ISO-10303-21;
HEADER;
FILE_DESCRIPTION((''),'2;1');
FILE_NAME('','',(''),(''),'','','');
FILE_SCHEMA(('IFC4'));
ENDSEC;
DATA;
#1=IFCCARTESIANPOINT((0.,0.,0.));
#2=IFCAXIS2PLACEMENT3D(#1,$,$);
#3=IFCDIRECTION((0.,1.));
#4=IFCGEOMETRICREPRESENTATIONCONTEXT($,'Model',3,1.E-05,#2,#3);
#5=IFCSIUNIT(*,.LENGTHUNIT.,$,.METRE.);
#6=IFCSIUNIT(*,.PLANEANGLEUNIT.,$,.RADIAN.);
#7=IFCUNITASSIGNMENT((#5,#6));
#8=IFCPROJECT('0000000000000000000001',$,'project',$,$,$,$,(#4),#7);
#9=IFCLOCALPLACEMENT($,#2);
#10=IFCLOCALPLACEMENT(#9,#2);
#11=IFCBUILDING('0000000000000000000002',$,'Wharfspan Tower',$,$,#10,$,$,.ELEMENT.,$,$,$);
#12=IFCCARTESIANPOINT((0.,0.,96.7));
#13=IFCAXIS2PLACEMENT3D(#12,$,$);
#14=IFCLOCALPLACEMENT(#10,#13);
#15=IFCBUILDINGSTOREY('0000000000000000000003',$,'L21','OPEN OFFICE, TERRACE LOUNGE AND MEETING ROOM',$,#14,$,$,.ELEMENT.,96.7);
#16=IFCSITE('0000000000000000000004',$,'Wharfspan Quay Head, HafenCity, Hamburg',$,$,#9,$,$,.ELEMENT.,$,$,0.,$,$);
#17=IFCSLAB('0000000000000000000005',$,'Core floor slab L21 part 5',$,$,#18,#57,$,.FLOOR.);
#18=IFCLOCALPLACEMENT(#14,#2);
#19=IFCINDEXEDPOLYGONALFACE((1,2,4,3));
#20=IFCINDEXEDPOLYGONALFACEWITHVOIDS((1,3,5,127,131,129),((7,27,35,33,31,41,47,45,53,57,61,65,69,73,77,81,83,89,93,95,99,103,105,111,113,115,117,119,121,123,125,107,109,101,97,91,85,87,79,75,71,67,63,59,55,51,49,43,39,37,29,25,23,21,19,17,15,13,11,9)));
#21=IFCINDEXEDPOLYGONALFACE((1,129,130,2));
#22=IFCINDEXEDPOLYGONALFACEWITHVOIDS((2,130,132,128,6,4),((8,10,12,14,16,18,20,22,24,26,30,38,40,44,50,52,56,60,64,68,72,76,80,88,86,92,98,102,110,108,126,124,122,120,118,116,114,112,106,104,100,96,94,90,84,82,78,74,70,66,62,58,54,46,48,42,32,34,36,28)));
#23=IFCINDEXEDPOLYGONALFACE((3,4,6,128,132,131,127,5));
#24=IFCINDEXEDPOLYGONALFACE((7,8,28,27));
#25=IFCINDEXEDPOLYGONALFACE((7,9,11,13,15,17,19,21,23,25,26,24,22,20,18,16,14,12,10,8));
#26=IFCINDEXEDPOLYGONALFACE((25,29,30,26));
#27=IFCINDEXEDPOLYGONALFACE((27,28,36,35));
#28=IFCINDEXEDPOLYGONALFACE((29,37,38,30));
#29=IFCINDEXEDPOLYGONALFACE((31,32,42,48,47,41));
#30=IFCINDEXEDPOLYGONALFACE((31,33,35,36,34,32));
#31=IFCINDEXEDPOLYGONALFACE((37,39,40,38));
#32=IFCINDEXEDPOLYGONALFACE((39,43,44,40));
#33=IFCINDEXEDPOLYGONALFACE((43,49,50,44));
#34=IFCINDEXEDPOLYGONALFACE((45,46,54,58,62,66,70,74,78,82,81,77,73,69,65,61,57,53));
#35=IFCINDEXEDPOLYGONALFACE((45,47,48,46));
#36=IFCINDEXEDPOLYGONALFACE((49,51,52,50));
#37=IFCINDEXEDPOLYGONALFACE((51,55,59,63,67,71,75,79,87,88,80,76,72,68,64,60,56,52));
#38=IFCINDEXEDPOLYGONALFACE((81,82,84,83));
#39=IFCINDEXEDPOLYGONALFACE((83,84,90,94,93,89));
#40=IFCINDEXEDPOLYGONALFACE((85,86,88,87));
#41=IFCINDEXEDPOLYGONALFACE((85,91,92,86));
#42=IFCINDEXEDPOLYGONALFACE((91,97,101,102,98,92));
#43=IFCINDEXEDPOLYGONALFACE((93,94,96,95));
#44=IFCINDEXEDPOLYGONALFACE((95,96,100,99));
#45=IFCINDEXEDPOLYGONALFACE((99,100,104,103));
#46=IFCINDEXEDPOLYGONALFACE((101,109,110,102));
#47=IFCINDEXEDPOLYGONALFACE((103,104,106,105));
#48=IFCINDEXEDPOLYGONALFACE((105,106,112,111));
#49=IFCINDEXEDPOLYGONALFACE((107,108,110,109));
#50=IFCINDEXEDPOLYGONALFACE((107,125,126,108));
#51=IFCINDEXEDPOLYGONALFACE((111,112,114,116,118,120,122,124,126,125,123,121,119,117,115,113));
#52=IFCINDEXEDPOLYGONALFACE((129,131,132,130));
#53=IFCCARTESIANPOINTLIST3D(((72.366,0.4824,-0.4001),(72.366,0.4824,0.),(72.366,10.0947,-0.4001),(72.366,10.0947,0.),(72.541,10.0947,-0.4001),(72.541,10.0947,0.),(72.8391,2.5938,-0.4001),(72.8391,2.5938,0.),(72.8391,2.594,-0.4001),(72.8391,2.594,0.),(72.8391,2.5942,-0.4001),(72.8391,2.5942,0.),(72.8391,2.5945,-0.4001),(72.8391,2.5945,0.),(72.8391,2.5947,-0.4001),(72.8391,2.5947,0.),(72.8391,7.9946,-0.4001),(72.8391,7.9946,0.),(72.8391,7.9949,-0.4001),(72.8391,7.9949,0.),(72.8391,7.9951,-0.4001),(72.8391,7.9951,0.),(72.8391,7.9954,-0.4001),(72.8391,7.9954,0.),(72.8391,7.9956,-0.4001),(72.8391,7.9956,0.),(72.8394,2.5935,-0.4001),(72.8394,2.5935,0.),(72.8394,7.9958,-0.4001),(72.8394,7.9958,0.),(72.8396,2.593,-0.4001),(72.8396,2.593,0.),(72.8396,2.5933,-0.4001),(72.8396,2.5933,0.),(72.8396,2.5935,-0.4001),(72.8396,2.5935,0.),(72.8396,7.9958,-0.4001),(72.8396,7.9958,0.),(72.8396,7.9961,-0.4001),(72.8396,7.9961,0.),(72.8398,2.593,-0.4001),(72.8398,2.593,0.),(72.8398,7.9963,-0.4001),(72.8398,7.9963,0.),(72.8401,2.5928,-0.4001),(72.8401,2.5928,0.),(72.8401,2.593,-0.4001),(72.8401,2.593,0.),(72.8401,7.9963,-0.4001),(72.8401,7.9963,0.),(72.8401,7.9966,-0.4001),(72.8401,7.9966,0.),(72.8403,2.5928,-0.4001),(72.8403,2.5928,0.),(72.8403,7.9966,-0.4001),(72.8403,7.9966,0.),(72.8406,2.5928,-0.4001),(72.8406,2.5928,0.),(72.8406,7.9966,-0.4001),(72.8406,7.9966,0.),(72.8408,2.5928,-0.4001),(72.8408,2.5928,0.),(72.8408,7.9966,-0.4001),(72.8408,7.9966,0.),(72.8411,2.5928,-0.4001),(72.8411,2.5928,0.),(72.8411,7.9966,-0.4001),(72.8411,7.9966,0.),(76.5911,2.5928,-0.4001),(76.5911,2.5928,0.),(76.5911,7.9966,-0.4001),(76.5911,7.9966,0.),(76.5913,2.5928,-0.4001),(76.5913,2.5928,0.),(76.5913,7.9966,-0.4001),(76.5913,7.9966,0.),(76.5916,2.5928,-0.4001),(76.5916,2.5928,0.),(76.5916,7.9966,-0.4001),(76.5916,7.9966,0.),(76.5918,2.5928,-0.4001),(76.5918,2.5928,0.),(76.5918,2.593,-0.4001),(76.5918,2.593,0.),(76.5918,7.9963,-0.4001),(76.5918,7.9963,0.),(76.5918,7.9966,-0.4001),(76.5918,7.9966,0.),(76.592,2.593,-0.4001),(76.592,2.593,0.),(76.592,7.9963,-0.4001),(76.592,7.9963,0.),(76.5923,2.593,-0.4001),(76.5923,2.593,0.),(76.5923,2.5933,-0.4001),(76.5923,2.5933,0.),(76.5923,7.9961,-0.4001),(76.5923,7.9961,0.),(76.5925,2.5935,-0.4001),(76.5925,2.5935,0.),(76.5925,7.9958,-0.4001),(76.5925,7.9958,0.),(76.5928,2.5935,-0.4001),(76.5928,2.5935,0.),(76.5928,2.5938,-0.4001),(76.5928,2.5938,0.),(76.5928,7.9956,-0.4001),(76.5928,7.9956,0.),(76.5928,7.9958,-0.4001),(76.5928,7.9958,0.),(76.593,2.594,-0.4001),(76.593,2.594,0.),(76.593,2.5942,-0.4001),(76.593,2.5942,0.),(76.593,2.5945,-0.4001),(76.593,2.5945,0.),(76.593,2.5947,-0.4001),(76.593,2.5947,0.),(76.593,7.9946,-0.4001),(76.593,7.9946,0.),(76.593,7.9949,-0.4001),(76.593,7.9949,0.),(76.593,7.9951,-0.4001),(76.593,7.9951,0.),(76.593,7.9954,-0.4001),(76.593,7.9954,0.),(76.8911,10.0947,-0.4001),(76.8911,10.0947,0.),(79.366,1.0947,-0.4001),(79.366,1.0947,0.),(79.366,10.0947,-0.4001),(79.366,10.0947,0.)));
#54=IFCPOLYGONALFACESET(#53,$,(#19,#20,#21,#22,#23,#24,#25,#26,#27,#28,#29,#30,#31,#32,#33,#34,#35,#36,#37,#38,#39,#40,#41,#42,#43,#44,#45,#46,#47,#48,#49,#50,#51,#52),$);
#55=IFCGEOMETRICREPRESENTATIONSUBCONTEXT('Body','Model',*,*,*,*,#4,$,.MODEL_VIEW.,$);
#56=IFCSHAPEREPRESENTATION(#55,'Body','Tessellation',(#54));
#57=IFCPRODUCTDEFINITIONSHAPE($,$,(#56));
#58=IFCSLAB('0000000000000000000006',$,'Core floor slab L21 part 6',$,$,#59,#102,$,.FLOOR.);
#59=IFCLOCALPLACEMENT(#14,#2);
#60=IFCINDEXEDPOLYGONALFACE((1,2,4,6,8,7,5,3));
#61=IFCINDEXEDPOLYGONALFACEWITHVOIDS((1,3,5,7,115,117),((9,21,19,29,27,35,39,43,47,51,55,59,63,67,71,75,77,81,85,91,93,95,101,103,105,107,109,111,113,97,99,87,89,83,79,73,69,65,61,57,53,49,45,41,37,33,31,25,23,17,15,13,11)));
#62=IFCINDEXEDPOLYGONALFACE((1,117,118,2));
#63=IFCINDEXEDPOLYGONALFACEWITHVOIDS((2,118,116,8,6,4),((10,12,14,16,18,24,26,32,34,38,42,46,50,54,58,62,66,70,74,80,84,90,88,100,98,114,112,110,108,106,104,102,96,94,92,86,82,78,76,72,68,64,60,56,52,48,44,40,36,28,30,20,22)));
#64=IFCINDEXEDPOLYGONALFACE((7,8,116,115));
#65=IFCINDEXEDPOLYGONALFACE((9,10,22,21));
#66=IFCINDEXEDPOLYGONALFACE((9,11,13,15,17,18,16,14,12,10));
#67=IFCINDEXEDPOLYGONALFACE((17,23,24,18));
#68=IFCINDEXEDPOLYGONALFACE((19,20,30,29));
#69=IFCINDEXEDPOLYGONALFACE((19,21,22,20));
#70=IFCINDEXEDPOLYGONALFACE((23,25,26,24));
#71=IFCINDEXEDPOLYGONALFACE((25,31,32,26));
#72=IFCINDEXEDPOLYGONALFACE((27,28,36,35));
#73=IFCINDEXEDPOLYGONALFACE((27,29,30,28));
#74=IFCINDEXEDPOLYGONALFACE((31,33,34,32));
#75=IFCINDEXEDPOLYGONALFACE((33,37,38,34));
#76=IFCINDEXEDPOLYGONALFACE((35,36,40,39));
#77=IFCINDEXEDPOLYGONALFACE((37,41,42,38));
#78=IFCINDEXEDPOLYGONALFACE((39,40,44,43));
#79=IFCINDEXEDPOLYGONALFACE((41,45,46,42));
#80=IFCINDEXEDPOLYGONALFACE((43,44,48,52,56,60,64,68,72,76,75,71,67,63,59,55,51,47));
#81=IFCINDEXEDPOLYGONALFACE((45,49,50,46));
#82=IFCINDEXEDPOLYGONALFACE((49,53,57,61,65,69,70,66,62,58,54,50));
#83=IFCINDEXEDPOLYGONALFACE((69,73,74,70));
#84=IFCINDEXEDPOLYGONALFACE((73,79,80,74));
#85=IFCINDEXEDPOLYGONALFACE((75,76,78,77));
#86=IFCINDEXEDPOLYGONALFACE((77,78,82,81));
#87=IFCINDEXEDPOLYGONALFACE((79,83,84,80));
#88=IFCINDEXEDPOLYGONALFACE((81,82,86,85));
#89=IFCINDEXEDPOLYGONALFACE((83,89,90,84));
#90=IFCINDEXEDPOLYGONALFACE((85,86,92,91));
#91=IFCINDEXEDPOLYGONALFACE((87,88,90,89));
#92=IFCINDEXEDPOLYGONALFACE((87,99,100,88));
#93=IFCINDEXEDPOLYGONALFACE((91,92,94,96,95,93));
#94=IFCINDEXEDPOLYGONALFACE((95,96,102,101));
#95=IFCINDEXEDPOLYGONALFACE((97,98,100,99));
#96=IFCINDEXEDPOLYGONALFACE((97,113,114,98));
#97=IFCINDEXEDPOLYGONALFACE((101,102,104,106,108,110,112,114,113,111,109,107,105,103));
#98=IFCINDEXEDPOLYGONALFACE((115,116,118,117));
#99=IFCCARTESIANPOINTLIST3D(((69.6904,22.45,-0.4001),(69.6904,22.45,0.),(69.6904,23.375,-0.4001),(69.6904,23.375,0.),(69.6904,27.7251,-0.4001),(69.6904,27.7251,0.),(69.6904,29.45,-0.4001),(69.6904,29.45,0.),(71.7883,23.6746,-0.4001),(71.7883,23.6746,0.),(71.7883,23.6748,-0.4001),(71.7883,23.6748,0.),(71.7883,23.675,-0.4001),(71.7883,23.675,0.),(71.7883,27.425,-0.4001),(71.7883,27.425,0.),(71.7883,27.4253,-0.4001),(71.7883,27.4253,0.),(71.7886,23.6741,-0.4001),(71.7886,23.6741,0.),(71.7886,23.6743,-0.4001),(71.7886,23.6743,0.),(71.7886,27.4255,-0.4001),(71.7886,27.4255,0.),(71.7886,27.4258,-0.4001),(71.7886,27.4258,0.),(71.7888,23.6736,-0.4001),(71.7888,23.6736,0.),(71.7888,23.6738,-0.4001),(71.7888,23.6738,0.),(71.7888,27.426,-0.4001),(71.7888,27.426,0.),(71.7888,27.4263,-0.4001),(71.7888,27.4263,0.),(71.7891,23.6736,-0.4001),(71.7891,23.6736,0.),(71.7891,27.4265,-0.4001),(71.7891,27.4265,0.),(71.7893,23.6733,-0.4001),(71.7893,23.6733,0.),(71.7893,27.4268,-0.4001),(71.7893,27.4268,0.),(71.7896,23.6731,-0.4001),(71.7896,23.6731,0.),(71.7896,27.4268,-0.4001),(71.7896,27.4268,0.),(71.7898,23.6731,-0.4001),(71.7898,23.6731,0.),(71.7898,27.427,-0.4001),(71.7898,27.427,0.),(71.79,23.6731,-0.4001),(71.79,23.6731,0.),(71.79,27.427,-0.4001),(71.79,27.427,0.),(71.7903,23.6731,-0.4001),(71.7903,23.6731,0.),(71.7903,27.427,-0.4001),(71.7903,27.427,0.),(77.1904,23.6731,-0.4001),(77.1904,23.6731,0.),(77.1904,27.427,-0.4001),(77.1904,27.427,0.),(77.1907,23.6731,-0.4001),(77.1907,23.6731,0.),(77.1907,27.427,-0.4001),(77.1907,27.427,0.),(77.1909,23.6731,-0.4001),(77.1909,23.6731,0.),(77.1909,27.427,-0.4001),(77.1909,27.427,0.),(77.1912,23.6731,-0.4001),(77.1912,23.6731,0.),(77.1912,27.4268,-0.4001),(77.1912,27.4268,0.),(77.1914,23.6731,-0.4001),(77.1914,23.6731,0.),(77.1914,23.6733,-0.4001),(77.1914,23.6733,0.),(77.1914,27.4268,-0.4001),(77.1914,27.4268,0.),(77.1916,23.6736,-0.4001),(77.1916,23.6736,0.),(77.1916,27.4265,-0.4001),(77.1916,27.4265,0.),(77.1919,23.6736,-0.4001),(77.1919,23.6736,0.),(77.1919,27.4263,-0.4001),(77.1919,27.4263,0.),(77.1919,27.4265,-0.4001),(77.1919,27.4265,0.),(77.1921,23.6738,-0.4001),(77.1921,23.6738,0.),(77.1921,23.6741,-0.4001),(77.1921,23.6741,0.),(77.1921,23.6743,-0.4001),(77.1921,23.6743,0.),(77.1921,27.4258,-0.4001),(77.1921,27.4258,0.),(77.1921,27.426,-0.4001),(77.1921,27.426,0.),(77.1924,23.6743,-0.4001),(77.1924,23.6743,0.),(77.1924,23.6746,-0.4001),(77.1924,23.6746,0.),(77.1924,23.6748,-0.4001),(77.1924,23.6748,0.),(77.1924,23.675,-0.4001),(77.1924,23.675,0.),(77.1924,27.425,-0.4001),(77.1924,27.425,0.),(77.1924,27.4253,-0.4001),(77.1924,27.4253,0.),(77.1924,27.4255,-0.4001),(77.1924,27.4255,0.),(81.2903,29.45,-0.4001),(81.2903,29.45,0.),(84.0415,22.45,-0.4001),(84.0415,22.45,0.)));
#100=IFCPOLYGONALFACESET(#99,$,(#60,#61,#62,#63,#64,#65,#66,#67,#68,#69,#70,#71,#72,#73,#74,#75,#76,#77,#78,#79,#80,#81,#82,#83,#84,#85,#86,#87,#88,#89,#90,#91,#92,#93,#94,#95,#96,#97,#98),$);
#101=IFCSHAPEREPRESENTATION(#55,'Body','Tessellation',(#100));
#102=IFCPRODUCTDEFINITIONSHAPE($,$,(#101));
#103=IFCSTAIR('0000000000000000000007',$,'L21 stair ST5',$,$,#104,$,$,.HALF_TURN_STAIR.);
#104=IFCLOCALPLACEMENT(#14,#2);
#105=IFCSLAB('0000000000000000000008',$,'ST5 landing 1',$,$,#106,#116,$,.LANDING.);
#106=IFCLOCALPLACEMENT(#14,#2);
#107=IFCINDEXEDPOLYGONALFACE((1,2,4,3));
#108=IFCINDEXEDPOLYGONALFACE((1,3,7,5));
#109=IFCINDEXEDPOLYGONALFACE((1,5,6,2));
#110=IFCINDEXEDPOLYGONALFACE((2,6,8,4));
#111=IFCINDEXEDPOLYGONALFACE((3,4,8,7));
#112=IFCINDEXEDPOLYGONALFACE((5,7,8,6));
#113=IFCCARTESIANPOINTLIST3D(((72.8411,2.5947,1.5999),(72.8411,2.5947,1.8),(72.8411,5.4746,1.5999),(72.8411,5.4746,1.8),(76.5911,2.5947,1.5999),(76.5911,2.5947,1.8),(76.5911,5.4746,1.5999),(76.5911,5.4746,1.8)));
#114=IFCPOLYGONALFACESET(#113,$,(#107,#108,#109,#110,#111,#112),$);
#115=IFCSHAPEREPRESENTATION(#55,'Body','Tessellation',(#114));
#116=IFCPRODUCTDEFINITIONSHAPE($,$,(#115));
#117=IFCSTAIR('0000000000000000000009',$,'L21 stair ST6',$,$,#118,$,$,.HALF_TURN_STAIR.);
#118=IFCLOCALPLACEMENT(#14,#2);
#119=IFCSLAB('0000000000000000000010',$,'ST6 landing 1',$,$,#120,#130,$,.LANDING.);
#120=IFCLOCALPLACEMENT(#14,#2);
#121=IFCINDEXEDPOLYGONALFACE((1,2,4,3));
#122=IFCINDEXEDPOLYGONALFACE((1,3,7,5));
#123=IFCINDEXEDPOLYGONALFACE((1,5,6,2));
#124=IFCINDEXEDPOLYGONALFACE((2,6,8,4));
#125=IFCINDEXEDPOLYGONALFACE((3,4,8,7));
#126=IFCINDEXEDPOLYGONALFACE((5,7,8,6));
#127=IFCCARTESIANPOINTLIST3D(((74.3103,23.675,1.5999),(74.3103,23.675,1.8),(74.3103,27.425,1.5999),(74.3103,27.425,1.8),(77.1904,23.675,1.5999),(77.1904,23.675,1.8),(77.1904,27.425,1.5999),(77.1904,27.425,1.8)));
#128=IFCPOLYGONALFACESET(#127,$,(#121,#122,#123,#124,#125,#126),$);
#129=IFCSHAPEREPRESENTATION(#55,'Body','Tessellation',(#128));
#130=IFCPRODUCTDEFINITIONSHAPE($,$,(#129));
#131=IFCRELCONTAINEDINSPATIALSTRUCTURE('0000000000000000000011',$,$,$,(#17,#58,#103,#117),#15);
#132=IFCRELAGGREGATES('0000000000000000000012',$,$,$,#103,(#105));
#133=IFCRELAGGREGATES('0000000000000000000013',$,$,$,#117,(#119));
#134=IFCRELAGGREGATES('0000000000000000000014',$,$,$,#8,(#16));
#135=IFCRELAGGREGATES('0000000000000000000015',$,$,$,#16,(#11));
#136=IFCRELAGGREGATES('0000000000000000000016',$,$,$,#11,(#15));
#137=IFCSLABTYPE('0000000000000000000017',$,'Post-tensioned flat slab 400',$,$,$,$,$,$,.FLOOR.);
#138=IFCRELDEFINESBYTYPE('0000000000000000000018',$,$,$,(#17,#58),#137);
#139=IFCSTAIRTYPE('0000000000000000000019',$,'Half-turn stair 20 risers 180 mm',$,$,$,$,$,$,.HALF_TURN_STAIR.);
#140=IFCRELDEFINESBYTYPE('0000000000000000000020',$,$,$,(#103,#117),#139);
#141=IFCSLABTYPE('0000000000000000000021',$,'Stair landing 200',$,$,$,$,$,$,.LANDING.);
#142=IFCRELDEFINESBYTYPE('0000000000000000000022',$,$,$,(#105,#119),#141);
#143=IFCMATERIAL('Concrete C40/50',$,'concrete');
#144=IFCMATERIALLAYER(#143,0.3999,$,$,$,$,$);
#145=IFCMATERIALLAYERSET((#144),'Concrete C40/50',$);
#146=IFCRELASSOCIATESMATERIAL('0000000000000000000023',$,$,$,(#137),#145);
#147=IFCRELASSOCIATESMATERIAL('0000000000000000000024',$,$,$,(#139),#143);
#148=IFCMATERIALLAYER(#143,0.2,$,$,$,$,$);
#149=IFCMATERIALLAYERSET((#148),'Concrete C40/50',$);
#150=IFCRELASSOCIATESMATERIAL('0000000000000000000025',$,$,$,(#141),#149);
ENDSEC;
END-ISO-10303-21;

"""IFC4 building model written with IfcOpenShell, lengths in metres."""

from ifc_helpers import new_model, si_unit, direction, frame, origin, place, context, subcontext, project, spatial, polyline, outline, extrude, material, layer, layer_set, type_object, element, aggregate, save


model = new_model("IFC4")

# Units and contexts
model_context = context("Model", 3, precision=1e-05, world=origin(), true_north=direction((0.0, 1.0)))
body_context = subcontext(model_context, "Body", "Model", "MODEL_VIEW")
ifc_project = project(units=[si_unit("LENGTHUNIT", "METRE"), si_unit("PLANEANGLEUNIT", "RADIAN")], contexts=[model_context])

# Site, building, storey
site_placement = place(None, origin())
site = spatial("IfcSite", under=ifc_project, at=site_placement, Name="Wharfspan Quay Head, HafenCity, Hamburg", CompositionType="ELEMENT", RefElevation=0.0)
building_placement = place(site_placement, origin())
building = spatial("IfcBuilding", under=site, at=building_placement, Name="Wharfspan Tower", CompositionType="ELEMENT")
storey_placement = place(building_placement, frame((0.0, 0.0, 96.7)))
storey = spatial("IfcBuildingStorey", under=building, at=storey_placement, Name="L21", Description="OPEN OFFICE, TERRACE LOUNGE AND MEETING ROOM", CompositionType="ELEMENT", Elevation=96.7)

# Slabs
ifc_material_1 = material(Name="Concrete C40/50", Category="concrete")
ifc_layer_1 = layer(ifc_material_1, 0.3999)
ifc_layer_set_1 = layer_set([ifc_layer_1], Name="Concrete C40/50")
slab_type_1 = type_object("IfcSlabType", Name="Post-tensioned flat slab 400", PredefinedType="FLOOR", material=ifc_layer_set_1)
slab_1_placement = place(storey_placement, frame((0.0, 0.0, -0.4001)))
element("IfcSlab", 1, at=slab_1_placement, inside=storey, type_object=slab_type_1, Name="Core floor slab L21 part 5", PredefinedType="FLOOR", context=body_context, shape_type="SweptSolid", body=[
    extrude(outline(polyline([(79.366, 10.0947), (76.8911, 10.0947), (72.541, 10.0947), (72.366, 10.0947), (72.366, 0.4824), (79.366, 1.0947), (79.366, 10.0947)]), holes=[polyline([(76.5911, 7.9966), (76.5913, 7.9966), (76.5913, 7.9966), (76.5916, 7.9966), (76.5918, 7.9966), (76.5918, 7.9963), (76.592, 7.9963), (76.5923, 7.9961), (76.5923, 7.9961), (76.5925, 7.9958), (76.5928, 7.9958), (76.5928, 7.9956), (76.593, 7.9954), (76.593, 7.9951), (76.593, 7.9951), (76.593, 7.9949), (76.593, 7.9946), (76.593, 2.5947), (76.593, 2.5945), (76.593, 2.5942), (76.593, 2.594), (76.593, 2.594), (76.5928, 2.5938), (76.5928, 2.5935), (76.5925, 2.5935), (76.5923, 2.5933), (76.5923, 2.593), (76.592, 2.593), (76.5918, 2.593), (76.5918, 2.5928), (76.5916, 2.5928), (76.5913, 2.5928), (76.5913, 2.5928), (76.5911, 2.5928), (72.8411, 2.5928), (72.8408, 2.5928), (72.8406, 2.5928), (72.8403, 2.5928), (72.8401, 2.5928), (72.8401, 2.593), (72.8398, 2.593), (72.8396, 2.593), (72.8396, 2.5933), (72.8396, 2.5935), (72.8394, 2.5935), (72.8391, 2.5938), (72.8391, 2.594), (72.8391, 2.594), (72.8391, 2.5942), (72.8391, 2.5945), (72.8391, 2.5947), (72.8391, 7.9946), (72.8391, 7.9949), (72.8391, 7.9951), (72.8391, 7.9951), (72.8391, 7.9954), (72.8391, 7.9956), (72.8394, 7.9958), (72.8396, 7.9958), (72.8396, 7.9961), (72.8396, 7.9961), (72.8398, 7.9963), (72.8401, 7.9963), (72.8401, 7.9966), (72.8403, 7.9966), (72.8406, 7.9966), (72.8408, 7.9966), (72.8411, 7.9966), (76.5911, 7.9966)])]), origin(), (0.0, 0.0, 1.0), 0.4001),
])
slab_2_placement = place(storey_placement, frame((0.0, 0.0, -0.4001)))
element("IfcSlab", 2, at=slab_2_placement, inside=storey, type_object=slab_type_1, Name="Core floor slab L21 part 6", PredefinedType="FLOOR", context=body_context, shape_type="SweptSolid", body=[
    extrude(outline(polyline([(81.2903, 29.45), (69.6904, 29.45), (69.6904, 27.7251), (69.6904, 23.375), (69.6904, 22.45), (84.0415, 22.45), (81.2903, 29.45)]), holes=[polyline([(71.7883, 27.425), (71.7883, 27.4253), (71.7883, 27.4253), (71.7886, 27.4255), (71.7886, 27.4258), (71.7886, 27.4258), (71.7888, 27.426), (71.7888, 27.4263), (71.7891, 27.4265), (71.7891, 27.4265), (71.7893, 27.4268), (71.7896, 27.4268), (71.7896, 27.4268), (71.7898, 27.427), (71.79, 27.427), (71.7903, 27.427), (71.7903, 27.427), (77.1904, 27.427), (77.1907, 27.427), (77.1909, 27.427), (77.1909, 27.427), (77.1912, 27.4268), (77.1914, 27.4268), (77.1914, 27.4268), (77.1916, 27.4265), (77.1919, 27.4265), (77.1919, 27.4263), (77.1921, 27.426), (77.1921, 27.4258), (77.1921, 27.4258), (77.1924, 27.4255), (77.1924, 27.4253), (77.1924, 27.4253), (77.1924, 27.425), (77.1924, 23.675), (77.1924, 23.6748), (77.1924, 23.6746), (77.1924, 23.6743), (77.1921, 23.6743), (77.1921, 23.6741), (77.1921, 23.6738), (77.1919, 23.6736), (77.1919, 23.6736), (77.1916, 23.6736), (77.1914, 23.6733), (77.1914, 23.6731), (77.1912, 23.6731), (77.1909, 23.6731), (77.1909, 23.6731), (77.1907, 23.6731), (77.1904, 23.6731), (71.7903, 23.6731), (71.7903, 23.6731), (71.79, 23.6731), (71.7898, 23.6731), (71.7896, 23.6731), (71.7896, 23.6731), (71.7893, 23.6733), (71.7891, 23.6736), (71.7891, 23.6736), (71.7888, 23.6736), (71.7888, 23.6738), (71.7886, 23.6741), (71.7886, 23.6743), (71.7886, 23.6743), (71.7883, 23.6746), (71.7883, 23.6748), (71.7883, 23.675), (71.7883, 27.425)])]), origin(), (0.0, 0.0, 1.0), 0.4001),
])

# Stairs, slabs
stair_type = type_object("IfcStairType", Name="Half-turn stair 20 risers 180 mm", PredefinedType="HALF_TURN_STAIR", material=ifc_material_1)
stair_1_placement = place(storey_placement, origin())
stair_1 = element("IfcStair", 3, at=stair_1_placement, inside=storey, type_object=stair_type, Name="L21 stair ST5", PredefinedType="HALF_TURN_STAIR")
ifc_layer_2 = layer(ifc_material_1, 0.2)
ifc_layer_set_2 = layer_set([ifc_layer_2], Name="Concrete C40/50")
slab_type_2 = type_object("IfcSlabType", Name="Stair landing 200", PredefinedType="LANDING", material=ifc_layer_set_2)
slab_3_placement = place(storey_placement, frame((0.0, 0.0, 1.5999)))
slab_3 = element("IfcSlab", 4, at=slab_3_placement, type_object=slab_type_2, Name="ST5 landing 1", PredefinedType="LANDING", context=body_context, shape_type="SweptSolid", body=[
    extrude(outline(polyline([(72.8411, 5.4746), (72.8411, 2.5947), (76.5911, 2.5947), (76.5911, 5.4746), (72.8411, 5.4746)])), origin(), (0.0, 0.0, 1.0), 0.2002),
])
aggregate(stair_1, [slab_3])
stair_2_placement = place(storey_placement, origin())
stair_2 = element("IfcStair", 5, at=stair_2_placement, inside=storey, type_object=stair_type, Name="L21 stair ST6", PredefinedType="HALF_TURN_STAIR")
slab_4_placement = place(storey_placement, frame((0.0, 0.0, 1.5999)))
slab_4 = element("IfcSlab", 6, at=slab_4_placement, type_object=slab_type_2, Name="ST6 landing 1", PredefinedType="LANDING", context=body_context, shape_type="SweptSolid", body=[
    extrude(outline(polyline([(74.3103, 23.675), (77.1904, 23.675), (77.1904, 27.425), (74.3103, 27.425), (74.3103, 23.675)])), origin(), (0.0, 0.0, 1.0), 0.2002),
])
aggregate(stair_2, [slab_4])

save(model, "model.ifc")
